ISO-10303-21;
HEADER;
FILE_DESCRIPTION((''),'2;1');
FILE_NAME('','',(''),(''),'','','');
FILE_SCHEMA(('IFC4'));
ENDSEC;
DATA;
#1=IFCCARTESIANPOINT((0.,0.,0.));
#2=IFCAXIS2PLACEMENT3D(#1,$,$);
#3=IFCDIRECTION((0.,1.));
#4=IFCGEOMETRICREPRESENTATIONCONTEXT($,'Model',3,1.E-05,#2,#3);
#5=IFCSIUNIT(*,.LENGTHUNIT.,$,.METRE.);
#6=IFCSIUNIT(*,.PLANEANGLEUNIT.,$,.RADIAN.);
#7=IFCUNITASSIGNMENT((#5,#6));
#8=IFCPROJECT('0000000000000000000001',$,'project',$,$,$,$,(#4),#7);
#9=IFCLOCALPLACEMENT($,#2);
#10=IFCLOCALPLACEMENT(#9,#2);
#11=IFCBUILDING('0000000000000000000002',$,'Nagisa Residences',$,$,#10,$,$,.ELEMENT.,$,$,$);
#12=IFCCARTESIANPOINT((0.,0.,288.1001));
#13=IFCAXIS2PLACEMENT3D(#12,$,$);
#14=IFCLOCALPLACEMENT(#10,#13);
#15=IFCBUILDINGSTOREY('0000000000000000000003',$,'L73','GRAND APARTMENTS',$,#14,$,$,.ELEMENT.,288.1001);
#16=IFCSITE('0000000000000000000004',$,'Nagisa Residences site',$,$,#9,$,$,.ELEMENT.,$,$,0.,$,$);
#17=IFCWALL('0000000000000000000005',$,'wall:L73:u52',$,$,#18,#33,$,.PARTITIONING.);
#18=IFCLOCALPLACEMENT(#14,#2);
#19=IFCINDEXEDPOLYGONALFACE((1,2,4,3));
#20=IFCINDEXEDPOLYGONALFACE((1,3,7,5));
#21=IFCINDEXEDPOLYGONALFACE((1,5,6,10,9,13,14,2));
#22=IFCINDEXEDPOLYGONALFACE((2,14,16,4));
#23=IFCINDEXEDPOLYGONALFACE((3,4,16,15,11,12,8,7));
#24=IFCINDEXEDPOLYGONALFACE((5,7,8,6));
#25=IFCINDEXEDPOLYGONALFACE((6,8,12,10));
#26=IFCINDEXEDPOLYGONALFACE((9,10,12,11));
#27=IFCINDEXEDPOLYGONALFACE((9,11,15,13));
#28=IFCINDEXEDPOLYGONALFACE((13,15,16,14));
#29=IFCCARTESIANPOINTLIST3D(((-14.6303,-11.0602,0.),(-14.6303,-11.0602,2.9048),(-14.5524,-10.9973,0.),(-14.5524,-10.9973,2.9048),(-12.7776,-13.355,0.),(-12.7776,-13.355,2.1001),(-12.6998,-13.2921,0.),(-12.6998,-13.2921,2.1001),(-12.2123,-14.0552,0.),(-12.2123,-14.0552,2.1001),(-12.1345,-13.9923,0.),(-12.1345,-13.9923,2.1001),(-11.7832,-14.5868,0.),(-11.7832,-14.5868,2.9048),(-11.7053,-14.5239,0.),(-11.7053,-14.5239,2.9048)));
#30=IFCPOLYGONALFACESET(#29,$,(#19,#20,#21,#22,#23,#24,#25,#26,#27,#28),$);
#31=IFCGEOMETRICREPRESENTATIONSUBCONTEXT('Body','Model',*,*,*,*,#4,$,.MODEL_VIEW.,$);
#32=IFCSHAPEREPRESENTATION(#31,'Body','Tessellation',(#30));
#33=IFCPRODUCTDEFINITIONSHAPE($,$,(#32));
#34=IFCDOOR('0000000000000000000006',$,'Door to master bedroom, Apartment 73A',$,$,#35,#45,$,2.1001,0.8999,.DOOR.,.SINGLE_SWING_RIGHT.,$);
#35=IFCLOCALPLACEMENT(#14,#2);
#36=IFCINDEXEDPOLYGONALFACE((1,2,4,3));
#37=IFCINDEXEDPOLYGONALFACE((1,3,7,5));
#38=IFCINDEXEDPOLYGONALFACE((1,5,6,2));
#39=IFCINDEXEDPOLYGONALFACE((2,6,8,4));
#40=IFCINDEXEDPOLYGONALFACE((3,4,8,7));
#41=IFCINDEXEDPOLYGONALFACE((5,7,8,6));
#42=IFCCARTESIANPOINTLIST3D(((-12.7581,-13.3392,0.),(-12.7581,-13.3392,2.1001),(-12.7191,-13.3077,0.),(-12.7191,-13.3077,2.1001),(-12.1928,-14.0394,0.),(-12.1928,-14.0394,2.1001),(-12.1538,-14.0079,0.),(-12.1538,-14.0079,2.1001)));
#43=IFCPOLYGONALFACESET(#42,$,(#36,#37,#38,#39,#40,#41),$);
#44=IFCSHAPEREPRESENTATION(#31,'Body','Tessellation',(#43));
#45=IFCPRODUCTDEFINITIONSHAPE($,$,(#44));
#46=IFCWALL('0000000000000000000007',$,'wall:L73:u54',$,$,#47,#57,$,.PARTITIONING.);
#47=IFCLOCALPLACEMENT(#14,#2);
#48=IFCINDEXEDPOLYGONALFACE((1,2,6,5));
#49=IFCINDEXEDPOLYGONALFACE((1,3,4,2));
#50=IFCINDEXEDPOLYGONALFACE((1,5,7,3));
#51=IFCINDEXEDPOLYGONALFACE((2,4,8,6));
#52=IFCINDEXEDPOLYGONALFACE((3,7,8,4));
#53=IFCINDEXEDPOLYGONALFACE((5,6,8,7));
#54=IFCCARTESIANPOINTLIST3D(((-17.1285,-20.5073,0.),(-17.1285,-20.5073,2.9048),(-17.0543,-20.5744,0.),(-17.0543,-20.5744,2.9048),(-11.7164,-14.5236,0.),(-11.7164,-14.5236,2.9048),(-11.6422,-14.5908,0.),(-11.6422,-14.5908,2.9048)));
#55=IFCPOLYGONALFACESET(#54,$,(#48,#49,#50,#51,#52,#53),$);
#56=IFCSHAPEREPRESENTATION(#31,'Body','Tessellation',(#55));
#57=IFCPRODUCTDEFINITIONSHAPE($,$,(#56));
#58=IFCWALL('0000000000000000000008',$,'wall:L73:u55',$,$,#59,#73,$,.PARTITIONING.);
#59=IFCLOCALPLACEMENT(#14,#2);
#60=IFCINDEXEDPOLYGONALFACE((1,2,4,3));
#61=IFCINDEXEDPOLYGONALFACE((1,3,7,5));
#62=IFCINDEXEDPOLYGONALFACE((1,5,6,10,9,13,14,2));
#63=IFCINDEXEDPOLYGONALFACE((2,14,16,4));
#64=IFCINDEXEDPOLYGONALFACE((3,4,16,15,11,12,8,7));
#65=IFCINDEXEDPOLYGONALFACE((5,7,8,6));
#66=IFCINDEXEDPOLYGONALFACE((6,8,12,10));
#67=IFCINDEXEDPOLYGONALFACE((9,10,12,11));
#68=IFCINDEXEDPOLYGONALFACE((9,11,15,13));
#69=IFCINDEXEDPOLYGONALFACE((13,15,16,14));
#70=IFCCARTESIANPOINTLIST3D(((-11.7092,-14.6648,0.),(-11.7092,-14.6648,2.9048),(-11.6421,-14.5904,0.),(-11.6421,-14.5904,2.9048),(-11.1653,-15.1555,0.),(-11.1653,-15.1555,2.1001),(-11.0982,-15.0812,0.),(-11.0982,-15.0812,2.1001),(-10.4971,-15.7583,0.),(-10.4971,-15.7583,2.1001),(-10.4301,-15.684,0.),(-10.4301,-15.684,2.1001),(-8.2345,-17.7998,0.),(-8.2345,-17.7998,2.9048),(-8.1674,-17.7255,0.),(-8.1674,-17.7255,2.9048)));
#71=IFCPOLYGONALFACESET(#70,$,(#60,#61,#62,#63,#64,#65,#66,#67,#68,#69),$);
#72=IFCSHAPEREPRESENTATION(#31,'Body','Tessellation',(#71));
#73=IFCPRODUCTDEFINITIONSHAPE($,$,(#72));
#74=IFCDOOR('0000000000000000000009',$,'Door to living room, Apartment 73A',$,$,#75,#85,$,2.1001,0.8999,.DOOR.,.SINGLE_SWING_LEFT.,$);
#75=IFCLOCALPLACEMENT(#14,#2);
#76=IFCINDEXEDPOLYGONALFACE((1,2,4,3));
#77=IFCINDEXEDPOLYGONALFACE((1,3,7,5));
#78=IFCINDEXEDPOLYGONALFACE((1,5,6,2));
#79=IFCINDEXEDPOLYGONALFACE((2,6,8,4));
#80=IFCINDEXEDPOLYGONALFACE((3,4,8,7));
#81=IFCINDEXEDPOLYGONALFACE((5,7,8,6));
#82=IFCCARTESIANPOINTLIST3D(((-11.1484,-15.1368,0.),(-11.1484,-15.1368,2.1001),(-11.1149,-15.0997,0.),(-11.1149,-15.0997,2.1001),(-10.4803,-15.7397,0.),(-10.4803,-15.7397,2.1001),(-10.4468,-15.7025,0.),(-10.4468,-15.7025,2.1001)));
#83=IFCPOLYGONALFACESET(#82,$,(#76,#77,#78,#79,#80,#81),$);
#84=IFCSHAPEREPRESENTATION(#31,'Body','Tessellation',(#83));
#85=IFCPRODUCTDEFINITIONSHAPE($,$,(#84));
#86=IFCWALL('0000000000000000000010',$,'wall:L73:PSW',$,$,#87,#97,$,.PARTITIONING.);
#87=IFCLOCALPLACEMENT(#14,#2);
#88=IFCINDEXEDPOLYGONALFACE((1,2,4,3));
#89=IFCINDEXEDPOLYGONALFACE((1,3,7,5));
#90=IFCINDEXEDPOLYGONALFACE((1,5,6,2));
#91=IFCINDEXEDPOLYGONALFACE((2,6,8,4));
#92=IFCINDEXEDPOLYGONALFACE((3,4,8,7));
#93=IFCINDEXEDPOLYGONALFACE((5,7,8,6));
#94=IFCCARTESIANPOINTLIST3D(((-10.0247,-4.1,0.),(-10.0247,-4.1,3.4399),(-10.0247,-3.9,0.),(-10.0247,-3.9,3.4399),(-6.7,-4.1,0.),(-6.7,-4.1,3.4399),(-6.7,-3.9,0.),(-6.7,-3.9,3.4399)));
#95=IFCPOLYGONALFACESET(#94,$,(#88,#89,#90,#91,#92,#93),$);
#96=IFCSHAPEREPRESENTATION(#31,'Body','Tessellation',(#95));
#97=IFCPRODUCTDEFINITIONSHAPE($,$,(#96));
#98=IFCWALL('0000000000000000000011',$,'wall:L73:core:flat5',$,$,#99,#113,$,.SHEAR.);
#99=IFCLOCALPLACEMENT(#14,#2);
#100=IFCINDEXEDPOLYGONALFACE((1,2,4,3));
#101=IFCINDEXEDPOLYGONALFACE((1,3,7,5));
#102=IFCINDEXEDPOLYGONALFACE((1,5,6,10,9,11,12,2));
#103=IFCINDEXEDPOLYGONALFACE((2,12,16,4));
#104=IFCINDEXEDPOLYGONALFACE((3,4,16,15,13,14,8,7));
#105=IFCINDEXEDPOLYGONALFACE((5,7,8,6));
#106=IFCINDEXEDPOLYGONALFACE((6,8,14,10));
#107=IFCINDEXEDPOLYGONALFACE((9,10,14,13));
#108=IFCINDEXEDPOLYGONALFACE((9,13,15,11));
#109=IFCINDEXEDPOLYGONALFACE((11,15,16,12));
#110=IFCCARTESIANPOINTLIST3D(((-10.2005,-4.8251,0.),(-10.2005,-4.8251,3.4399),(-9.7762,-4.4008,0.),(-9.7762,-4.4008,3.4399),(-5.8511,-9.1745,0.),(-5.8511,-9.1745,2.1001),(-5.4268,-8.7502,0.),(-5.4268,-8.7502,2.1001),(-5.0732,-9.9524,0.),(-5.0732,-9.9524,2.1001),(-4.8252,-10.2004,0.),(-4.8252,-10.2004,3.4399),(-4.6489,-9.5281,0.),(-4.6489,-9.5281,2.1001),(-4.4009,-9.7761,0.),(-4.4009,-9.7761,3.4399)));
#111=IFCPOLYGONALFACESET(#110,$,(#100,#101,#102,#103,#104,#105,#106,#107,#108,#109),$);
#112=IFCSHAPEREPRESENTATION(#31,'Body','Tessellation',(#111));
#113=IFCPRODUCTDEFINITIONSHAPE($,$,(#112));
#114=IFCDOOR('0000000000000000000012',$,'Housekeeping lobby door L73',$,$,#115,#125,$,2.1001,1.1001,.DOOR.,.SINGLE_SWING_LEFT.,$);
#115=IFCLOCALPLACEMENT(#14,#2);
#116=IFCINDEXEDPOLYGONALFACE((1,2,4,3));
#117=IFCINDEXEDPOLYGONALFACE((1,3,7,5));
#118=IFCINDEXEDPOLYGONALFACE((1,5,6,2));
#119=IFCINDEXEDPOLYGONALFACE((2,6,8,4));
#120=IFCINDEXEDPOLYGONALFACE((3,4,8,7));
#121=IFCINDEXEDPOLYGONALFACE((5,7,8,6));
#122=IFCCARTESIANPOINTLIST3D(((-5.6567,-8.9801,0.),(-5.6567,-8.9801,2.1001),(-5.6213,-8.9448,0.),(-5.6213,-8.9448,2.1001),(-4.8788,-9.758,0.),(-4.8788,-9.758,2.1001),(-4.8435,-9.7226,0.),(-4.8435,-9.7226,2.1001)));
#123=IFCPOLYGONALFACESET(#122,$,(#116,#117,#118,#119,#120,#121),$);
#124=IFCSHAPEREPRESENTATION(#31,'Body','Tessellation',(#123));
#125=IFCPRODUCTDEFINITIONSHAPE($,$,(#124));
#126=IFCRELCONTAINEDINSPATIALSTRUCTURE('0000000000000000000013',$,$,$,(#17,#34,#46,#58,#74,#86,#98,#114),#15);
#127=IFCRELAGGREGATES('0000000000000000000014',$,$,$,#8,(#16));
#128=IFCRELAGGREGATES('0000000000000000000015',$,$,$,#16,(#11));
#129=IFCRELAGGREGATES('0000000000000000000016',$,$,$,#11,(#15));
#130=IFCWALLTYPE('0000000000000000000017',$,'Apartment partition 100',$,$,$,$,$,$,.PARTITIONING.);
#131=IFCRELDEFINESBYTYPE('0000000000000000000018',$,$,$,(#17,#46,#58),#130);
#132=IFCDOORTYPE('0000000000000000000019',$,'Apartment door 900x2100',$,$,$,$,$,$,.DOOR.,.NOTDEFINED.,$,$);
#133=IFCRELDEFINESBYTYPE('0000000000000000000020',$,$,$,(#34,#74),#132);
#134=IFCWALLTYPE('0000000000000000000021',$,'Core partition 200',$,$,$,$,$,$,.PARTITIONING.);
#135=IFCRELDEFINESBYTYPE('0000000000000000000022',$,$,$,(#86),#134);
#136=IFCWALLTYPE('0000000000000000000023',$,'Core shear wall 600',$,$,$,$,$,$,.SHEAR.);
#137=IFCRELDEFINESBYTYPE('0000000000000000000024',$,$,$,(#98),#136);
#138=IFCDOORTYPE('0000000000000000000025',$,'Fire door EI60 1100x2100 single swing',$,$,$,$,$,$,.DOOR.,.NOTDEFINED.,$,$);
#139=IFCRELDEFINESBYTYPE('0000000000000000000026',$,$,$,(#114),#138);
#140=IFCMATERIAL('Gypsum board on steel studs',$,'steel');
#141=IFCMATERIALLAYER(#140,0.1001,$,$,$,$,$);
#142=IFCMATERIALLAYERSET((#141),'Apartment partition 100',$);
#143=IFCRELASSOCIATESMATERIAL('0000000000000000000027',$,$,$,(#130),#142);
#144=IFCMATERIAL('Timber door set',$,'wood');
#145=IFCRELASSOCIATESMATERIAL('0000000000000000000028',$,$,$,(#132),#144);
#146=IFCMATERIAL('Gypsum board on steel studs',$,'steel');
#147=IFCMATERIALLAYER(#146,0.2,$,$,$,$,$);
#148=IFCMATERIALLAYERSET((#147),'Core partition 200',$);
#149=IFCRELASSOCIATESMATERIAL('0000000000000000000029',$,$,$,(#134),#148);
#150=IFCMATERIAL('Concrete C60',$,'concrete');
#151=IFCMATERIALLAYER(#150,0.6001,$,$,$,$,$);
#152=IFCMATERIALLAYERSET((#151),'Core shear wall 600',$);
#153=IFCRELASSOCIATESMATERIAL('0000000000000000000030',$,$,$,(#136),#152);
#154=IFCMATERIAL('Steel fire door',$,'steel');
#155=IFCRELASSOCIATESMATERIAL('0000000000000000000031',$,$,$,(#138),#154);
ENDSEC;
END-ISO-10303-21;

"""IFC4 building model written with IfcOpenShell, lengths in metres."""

from ifc_helpers import new_model, si_unit, direction, frame, frame_2d, origin, place, context, subcontext, project, spatial, rectangle, extrude, material, layer, layer_set, type_object, element, fill, save


model = new_model("IFC4")

# Units and contexts
model_context = context("Model", 3, precision=1e-05, world=origin(), true_north=direction((0.0, 1.0)))
body_context = subcontext(model_context, "Body", "Model", "MODEL_VIEW")
ifc_project = project(units=[si_unit("LENGTHUNIT", "METRE"), si_unit("PLANEANGLEUNIT", "RADIAN")], contexts=[model_context])

# Site, building, storey
site_placement = place(None, origin())
site = spatial("IfcSite", under=ifc_project, at=site_placement, Name="Nagisa Residences site", CompositionType="ELEMENT", RefElevation=0.0)
building_placement = place(site_placement, origin())
building = spatial("IfcBuilding", under=site, at=building_placement, Name="Nagisa Residences", CompositionType="ELEMENT")
storey_placement = place(building_placement, frame((0.0, 0.0, 288.1001)))
storey = spatial("IfcBuildingStorey", under=building, at=storey_placement, Name="L73", Description="GRAND APARTMENTS", CompositionType="ELEMENT", Elevation=288.1001)

# Shared definitions
ifc_material_1 = material(Name="Gypsum board on steel studs", Category="steel")
ifc_layer_1 = layer(ifc_material_1, 0.1001)
ifc_layer_set_1 = layer_set([ifc_layer_1], Name="Apartment partition 100")
wall_type_1 = type_object("IfcWallType", Name="Apartment partition 100", PredefinedType="PARTITIONING", material=ifc_layer_set_1)
ifc_material_2 = material(Name="Timber door set", Category="wood")
door_type_1 = type_object("IfcDoorType", Name="Apartment door 900x2100", OperationType="NOTDEFINED", PredefinedType="DOOR", material=ifc_material_2)

# Wall, opening, door
wall_1_placement = place(storey_placement, frame((-14.5913, -11.0288, 0.0), z_axis=(0.0, 0.0, 1.0), x_axis=(0.62817, -0.778076, 0.0)))
wall_1 = element("IfcWall", 1, at=wall_1_placement, inside=storey, type_object=wall_type_1, Name="wall:L73:u52", PredefinedType="PARTITIONING", context=body_context, shape_type="SweptSolid", body=[
    extrude(rectangle(XDim=4.5325, YDim=0.1001, at=frame_2d((2.2661, 0.0))), origin(), (0.0, 0.0, 1.0), 2.9048),
])
opening_1_placement = place(wall_1_placement, frame((2.9492, 0.0, 0.0)))
opening_1 = element("IfcOpeningElement", 2, at=opening_1_placement, cuts=wall_1, PredefinedType="OPENING", context=body_context, shape_type="SweptSolid", body=[
    extrude(rectangle(XDim=0.8999, YDim=2.1001, at=frame_2d((0.45, 1.05))), frame((0.0, 0.0601, 0.0), z_axis=(0.0, -1.0, 0.0), x_axis=(1.0, 0.0, 0.0)), (0.0, 0.0, 1.0), 0.1201),
])
door_1_placement = place(opening_1_placement, frame((0.8999, 0.0, 0.0), x_axis=(-1.0, 0.0, 0.0)))
door_1 = element("IfcDoor", 3, at=door_1_placement, inside=storey, type_object=door_type_1, Name="Door to master bedroom, Apartment 73A", OperationType="SINGLE_SWING_RIGHT", OverallHeight=2.1001, OverallWidth=0.8999, PredefinedType="DOOR", context=body_context, shape_type="SweptSolid", body=[
    extrude(rectangle(XDim=0.8999, YDim=2.1001, at=frame_2d((0.45, 1.05))), frame((0.0, 0.0249, 0.0), z_axis=(0.0, -1.0, 0.0), x_axis=(1.0, 0.0, 0.0)), (0.0, 0.0, 1.0), 0.05),
])
fill(opening_1, door_1)

# Wall
wall_2_placement = place(storey_placement, frame((-11.6792, -14.5571, 0.0), z_axis=(0.0, 0.0, 1.0), x_axis=(-0.6708, -0.741638, 0.0)))
element("IfcWall", 4, at=wall_2_placement, inside=storey, type_object=wall_type_1, Name="wall:L73:u54", PredefinedType="PARTITIONING", context=body_context, shape_type="SweptSolid", body=[
    extrude(rectangle(XDim=8.0681, YDim=0.1001, at=frame_2d((4.0342, 0.0))), origin(), (0.0, 0.0, 1.0), 2.9048),
])

# Wall, opening, door
wall_3_placement = place(storey_placement, frame((-11.6755, -14.6277, 0.0), z_axis=(0.0, 0.0, 1.0), x_axis=(0.742458, -0.669892, 0.0)))
wall_3 = element("IfcWall", 5, at=wall_3_placement, inside=storey, type_object=wall_type_1, Name="wall:L73:u55", PredefinedType="PARTITIONING", context=body_context, shape_type="SweptSolid", body=[
    extrude(rectangle(XDim=4.6799, YDim=0.1001, at=frame_2d((2.3398, 0.0))), origin(), (0.0, 0.0, 1.0), 2.9048),
])
opening_2_placement = place(wall_3_placement, frame((0.7324, 0.0, 0.0)))
opening_2 = element("IfcOpeningElement", 6, at=opening_2_placement, cuts=wall_3, PredefinedType="OPENING", context=body_context, shape_type="SweptSolid", body=[
    extrude(rectangle(XDim=0.8999, YDim=2.1001, at=frame_2d((0.45, 1.05))), frame((0.0, 0.0601, 0.0), z_axis=(0.0, -1.0, 0.0), x_axis=(1.0, 0.0, 0.0)), (0.0, 0.0, 1.0), 0.1201),
])
door_2_placement = place(opening_2_placement, frame((0.8999, 0.0, 0.0), x_axis=(-1.0, 0.0, 0.0)))
door_2 = element("IfcDoor", 7, at=door_2_placement, inside=storey, type_object=door_type_1, Name="Door to living room, Apartment 73A", OperationType="SINGLE_SWING_LEFT", OverallHeight=2.1001, OverallWidth=0.8999, PredefinedType="DOOR", context=body_context, shape_type="SweptSolid", body=[
    extrude(rectangle(XDim=0.8999, YDim=2.1001, at=frame_2d((0.45, 1.05))), frame((0.0, 0.0249, 0.0), z_axis=(0.0, -1.0, 0.0), x_axis=(1.0, 0.0, 0.0)), (0.0, 0.0, 1.0), 0.05),
])
fill(opening_2, door_2)

# Wall
ifc_material_3 = material(Name="Gypsum board on steel studs", Category="steel")
ifc_layer_2 = layer(ifc_material_3, 0.2)
ifc_layer_set_2 = layer_set([ifc_layer_2], Name="Core partition 200")
wall_type_2 = type_object("IfcWallType", Name="Core partition 200", PredefinedType="PARTITIONING", material=ifc_layer_set_2)
wall_4_placement = place(storey_placement, frame((-10.0247, -4.0, 0.0), z_axis=(0.0, 0.0, 1.0), x_axis=(1.0, 0.0, 0.0)))
element("IfcWall", 8, at=wall_4_placement, inside=storey, type_object=wall_type_2, Name="wall:L73:PSW", PredefinedType="PARTITIONING", context=body_context, shape_type="SweptSolid", body=[
    extrude(rectangle(XDim=3.3247, YDim=0.2, at=frame_2d((1.6624, 0.0))), origin(), (0.0, 0.0, 1.0), 3.4399),
])

# Wall, opening, door
ifc_material_4 = material(Name="Concrete C60", Category="concrete")
ifc_layer_3 = layer(ifc_material_4, 0.6001)
ifc_layer_set_3 = layer_set([ifc_layer_3], Name="Core shear wall 600")
wall_type_3 = type_object("IfcWallType", Name="Core shear wall 600", PredefinedType="SHEAR", material=ifc_layer_set_3)
wall_5_placement = place(storey_placement, frame((-9.9883, -4.613, 0.0), z_axis=(0.0, 0.0, 1.0), x_axis=(0.707107, -0.707107, 0.0)))
wall_5 = element("IfcWall", 9, at=wall_5_placement, inside=storey, type_object=wall_type_3, Name="wall:L73:core:flat5", PredefinedType="SHEAR", context=body_context, shape_type="SweptSolid", body=[
    extrude(rectangle(XDim=7.6018, YDim=0.6001, at=frame_2d((3.8008, 0.0))), origin(), (0.0, 0.0, 1.0), 3.4399),
])
opening_3_placement = place(wall_5_placement, frame((6.1509, 0.0, 0.0)))
opening_3 = element("IfcOpeningElement", 10, at=opening_3_placement, cuts=wall_5, PredefinedType="OPENING", context=body_context, shape_type="SweptSolid", body=[
    extrude(rectangle(XDim=1.1001, YDim=2.1001, at=frame_2d((0.55, 1.05))), frame((0.0, 0.3101, 0.0), z_axis=(0.0, -1.0, 0.0), x_axis=(1.0, 0.0, 0.0)), (0.0, 0.0, 1.0), 0.6201),
])
ifc_material_5 = material(Name="Steel fire door", Category="steel")
door_type_2 = type_object("IfcDoorType", Name="Fire door EI60 1100x2100 single swing", OperationType="NOTDEFINED", PredefinedType="DOOR", material=ifc_material_5)
door_3_placement = place(opening_3_placement, origin())
door_3 = element("IfcDoor", 11, at=door_3_placement, inside=storey, type_object=door_type_2, Name="Housekeeping lobby door L73", OperationType="SINGLE_SWING_LEFT", OverallHeight=2.1001, OverallWidth=1.1001, PredefinedType="DOOR", context=body_context, shape_type="SweptSolid", body=[
    extrude(rectangle(XDim=1.1001, YDim=2.1001, at=frame_2d((0.55, 1.05))), frame((0.0, 0.0249, 0.0), z_axis=(0.0, -1.0, 0.0), x_axis=(1.0, 0.0, 0.0)), (0.0, 0.0, 1.0), 0.05),
])
fill(opening_3, door_3)

save(model, "model.ifc")
